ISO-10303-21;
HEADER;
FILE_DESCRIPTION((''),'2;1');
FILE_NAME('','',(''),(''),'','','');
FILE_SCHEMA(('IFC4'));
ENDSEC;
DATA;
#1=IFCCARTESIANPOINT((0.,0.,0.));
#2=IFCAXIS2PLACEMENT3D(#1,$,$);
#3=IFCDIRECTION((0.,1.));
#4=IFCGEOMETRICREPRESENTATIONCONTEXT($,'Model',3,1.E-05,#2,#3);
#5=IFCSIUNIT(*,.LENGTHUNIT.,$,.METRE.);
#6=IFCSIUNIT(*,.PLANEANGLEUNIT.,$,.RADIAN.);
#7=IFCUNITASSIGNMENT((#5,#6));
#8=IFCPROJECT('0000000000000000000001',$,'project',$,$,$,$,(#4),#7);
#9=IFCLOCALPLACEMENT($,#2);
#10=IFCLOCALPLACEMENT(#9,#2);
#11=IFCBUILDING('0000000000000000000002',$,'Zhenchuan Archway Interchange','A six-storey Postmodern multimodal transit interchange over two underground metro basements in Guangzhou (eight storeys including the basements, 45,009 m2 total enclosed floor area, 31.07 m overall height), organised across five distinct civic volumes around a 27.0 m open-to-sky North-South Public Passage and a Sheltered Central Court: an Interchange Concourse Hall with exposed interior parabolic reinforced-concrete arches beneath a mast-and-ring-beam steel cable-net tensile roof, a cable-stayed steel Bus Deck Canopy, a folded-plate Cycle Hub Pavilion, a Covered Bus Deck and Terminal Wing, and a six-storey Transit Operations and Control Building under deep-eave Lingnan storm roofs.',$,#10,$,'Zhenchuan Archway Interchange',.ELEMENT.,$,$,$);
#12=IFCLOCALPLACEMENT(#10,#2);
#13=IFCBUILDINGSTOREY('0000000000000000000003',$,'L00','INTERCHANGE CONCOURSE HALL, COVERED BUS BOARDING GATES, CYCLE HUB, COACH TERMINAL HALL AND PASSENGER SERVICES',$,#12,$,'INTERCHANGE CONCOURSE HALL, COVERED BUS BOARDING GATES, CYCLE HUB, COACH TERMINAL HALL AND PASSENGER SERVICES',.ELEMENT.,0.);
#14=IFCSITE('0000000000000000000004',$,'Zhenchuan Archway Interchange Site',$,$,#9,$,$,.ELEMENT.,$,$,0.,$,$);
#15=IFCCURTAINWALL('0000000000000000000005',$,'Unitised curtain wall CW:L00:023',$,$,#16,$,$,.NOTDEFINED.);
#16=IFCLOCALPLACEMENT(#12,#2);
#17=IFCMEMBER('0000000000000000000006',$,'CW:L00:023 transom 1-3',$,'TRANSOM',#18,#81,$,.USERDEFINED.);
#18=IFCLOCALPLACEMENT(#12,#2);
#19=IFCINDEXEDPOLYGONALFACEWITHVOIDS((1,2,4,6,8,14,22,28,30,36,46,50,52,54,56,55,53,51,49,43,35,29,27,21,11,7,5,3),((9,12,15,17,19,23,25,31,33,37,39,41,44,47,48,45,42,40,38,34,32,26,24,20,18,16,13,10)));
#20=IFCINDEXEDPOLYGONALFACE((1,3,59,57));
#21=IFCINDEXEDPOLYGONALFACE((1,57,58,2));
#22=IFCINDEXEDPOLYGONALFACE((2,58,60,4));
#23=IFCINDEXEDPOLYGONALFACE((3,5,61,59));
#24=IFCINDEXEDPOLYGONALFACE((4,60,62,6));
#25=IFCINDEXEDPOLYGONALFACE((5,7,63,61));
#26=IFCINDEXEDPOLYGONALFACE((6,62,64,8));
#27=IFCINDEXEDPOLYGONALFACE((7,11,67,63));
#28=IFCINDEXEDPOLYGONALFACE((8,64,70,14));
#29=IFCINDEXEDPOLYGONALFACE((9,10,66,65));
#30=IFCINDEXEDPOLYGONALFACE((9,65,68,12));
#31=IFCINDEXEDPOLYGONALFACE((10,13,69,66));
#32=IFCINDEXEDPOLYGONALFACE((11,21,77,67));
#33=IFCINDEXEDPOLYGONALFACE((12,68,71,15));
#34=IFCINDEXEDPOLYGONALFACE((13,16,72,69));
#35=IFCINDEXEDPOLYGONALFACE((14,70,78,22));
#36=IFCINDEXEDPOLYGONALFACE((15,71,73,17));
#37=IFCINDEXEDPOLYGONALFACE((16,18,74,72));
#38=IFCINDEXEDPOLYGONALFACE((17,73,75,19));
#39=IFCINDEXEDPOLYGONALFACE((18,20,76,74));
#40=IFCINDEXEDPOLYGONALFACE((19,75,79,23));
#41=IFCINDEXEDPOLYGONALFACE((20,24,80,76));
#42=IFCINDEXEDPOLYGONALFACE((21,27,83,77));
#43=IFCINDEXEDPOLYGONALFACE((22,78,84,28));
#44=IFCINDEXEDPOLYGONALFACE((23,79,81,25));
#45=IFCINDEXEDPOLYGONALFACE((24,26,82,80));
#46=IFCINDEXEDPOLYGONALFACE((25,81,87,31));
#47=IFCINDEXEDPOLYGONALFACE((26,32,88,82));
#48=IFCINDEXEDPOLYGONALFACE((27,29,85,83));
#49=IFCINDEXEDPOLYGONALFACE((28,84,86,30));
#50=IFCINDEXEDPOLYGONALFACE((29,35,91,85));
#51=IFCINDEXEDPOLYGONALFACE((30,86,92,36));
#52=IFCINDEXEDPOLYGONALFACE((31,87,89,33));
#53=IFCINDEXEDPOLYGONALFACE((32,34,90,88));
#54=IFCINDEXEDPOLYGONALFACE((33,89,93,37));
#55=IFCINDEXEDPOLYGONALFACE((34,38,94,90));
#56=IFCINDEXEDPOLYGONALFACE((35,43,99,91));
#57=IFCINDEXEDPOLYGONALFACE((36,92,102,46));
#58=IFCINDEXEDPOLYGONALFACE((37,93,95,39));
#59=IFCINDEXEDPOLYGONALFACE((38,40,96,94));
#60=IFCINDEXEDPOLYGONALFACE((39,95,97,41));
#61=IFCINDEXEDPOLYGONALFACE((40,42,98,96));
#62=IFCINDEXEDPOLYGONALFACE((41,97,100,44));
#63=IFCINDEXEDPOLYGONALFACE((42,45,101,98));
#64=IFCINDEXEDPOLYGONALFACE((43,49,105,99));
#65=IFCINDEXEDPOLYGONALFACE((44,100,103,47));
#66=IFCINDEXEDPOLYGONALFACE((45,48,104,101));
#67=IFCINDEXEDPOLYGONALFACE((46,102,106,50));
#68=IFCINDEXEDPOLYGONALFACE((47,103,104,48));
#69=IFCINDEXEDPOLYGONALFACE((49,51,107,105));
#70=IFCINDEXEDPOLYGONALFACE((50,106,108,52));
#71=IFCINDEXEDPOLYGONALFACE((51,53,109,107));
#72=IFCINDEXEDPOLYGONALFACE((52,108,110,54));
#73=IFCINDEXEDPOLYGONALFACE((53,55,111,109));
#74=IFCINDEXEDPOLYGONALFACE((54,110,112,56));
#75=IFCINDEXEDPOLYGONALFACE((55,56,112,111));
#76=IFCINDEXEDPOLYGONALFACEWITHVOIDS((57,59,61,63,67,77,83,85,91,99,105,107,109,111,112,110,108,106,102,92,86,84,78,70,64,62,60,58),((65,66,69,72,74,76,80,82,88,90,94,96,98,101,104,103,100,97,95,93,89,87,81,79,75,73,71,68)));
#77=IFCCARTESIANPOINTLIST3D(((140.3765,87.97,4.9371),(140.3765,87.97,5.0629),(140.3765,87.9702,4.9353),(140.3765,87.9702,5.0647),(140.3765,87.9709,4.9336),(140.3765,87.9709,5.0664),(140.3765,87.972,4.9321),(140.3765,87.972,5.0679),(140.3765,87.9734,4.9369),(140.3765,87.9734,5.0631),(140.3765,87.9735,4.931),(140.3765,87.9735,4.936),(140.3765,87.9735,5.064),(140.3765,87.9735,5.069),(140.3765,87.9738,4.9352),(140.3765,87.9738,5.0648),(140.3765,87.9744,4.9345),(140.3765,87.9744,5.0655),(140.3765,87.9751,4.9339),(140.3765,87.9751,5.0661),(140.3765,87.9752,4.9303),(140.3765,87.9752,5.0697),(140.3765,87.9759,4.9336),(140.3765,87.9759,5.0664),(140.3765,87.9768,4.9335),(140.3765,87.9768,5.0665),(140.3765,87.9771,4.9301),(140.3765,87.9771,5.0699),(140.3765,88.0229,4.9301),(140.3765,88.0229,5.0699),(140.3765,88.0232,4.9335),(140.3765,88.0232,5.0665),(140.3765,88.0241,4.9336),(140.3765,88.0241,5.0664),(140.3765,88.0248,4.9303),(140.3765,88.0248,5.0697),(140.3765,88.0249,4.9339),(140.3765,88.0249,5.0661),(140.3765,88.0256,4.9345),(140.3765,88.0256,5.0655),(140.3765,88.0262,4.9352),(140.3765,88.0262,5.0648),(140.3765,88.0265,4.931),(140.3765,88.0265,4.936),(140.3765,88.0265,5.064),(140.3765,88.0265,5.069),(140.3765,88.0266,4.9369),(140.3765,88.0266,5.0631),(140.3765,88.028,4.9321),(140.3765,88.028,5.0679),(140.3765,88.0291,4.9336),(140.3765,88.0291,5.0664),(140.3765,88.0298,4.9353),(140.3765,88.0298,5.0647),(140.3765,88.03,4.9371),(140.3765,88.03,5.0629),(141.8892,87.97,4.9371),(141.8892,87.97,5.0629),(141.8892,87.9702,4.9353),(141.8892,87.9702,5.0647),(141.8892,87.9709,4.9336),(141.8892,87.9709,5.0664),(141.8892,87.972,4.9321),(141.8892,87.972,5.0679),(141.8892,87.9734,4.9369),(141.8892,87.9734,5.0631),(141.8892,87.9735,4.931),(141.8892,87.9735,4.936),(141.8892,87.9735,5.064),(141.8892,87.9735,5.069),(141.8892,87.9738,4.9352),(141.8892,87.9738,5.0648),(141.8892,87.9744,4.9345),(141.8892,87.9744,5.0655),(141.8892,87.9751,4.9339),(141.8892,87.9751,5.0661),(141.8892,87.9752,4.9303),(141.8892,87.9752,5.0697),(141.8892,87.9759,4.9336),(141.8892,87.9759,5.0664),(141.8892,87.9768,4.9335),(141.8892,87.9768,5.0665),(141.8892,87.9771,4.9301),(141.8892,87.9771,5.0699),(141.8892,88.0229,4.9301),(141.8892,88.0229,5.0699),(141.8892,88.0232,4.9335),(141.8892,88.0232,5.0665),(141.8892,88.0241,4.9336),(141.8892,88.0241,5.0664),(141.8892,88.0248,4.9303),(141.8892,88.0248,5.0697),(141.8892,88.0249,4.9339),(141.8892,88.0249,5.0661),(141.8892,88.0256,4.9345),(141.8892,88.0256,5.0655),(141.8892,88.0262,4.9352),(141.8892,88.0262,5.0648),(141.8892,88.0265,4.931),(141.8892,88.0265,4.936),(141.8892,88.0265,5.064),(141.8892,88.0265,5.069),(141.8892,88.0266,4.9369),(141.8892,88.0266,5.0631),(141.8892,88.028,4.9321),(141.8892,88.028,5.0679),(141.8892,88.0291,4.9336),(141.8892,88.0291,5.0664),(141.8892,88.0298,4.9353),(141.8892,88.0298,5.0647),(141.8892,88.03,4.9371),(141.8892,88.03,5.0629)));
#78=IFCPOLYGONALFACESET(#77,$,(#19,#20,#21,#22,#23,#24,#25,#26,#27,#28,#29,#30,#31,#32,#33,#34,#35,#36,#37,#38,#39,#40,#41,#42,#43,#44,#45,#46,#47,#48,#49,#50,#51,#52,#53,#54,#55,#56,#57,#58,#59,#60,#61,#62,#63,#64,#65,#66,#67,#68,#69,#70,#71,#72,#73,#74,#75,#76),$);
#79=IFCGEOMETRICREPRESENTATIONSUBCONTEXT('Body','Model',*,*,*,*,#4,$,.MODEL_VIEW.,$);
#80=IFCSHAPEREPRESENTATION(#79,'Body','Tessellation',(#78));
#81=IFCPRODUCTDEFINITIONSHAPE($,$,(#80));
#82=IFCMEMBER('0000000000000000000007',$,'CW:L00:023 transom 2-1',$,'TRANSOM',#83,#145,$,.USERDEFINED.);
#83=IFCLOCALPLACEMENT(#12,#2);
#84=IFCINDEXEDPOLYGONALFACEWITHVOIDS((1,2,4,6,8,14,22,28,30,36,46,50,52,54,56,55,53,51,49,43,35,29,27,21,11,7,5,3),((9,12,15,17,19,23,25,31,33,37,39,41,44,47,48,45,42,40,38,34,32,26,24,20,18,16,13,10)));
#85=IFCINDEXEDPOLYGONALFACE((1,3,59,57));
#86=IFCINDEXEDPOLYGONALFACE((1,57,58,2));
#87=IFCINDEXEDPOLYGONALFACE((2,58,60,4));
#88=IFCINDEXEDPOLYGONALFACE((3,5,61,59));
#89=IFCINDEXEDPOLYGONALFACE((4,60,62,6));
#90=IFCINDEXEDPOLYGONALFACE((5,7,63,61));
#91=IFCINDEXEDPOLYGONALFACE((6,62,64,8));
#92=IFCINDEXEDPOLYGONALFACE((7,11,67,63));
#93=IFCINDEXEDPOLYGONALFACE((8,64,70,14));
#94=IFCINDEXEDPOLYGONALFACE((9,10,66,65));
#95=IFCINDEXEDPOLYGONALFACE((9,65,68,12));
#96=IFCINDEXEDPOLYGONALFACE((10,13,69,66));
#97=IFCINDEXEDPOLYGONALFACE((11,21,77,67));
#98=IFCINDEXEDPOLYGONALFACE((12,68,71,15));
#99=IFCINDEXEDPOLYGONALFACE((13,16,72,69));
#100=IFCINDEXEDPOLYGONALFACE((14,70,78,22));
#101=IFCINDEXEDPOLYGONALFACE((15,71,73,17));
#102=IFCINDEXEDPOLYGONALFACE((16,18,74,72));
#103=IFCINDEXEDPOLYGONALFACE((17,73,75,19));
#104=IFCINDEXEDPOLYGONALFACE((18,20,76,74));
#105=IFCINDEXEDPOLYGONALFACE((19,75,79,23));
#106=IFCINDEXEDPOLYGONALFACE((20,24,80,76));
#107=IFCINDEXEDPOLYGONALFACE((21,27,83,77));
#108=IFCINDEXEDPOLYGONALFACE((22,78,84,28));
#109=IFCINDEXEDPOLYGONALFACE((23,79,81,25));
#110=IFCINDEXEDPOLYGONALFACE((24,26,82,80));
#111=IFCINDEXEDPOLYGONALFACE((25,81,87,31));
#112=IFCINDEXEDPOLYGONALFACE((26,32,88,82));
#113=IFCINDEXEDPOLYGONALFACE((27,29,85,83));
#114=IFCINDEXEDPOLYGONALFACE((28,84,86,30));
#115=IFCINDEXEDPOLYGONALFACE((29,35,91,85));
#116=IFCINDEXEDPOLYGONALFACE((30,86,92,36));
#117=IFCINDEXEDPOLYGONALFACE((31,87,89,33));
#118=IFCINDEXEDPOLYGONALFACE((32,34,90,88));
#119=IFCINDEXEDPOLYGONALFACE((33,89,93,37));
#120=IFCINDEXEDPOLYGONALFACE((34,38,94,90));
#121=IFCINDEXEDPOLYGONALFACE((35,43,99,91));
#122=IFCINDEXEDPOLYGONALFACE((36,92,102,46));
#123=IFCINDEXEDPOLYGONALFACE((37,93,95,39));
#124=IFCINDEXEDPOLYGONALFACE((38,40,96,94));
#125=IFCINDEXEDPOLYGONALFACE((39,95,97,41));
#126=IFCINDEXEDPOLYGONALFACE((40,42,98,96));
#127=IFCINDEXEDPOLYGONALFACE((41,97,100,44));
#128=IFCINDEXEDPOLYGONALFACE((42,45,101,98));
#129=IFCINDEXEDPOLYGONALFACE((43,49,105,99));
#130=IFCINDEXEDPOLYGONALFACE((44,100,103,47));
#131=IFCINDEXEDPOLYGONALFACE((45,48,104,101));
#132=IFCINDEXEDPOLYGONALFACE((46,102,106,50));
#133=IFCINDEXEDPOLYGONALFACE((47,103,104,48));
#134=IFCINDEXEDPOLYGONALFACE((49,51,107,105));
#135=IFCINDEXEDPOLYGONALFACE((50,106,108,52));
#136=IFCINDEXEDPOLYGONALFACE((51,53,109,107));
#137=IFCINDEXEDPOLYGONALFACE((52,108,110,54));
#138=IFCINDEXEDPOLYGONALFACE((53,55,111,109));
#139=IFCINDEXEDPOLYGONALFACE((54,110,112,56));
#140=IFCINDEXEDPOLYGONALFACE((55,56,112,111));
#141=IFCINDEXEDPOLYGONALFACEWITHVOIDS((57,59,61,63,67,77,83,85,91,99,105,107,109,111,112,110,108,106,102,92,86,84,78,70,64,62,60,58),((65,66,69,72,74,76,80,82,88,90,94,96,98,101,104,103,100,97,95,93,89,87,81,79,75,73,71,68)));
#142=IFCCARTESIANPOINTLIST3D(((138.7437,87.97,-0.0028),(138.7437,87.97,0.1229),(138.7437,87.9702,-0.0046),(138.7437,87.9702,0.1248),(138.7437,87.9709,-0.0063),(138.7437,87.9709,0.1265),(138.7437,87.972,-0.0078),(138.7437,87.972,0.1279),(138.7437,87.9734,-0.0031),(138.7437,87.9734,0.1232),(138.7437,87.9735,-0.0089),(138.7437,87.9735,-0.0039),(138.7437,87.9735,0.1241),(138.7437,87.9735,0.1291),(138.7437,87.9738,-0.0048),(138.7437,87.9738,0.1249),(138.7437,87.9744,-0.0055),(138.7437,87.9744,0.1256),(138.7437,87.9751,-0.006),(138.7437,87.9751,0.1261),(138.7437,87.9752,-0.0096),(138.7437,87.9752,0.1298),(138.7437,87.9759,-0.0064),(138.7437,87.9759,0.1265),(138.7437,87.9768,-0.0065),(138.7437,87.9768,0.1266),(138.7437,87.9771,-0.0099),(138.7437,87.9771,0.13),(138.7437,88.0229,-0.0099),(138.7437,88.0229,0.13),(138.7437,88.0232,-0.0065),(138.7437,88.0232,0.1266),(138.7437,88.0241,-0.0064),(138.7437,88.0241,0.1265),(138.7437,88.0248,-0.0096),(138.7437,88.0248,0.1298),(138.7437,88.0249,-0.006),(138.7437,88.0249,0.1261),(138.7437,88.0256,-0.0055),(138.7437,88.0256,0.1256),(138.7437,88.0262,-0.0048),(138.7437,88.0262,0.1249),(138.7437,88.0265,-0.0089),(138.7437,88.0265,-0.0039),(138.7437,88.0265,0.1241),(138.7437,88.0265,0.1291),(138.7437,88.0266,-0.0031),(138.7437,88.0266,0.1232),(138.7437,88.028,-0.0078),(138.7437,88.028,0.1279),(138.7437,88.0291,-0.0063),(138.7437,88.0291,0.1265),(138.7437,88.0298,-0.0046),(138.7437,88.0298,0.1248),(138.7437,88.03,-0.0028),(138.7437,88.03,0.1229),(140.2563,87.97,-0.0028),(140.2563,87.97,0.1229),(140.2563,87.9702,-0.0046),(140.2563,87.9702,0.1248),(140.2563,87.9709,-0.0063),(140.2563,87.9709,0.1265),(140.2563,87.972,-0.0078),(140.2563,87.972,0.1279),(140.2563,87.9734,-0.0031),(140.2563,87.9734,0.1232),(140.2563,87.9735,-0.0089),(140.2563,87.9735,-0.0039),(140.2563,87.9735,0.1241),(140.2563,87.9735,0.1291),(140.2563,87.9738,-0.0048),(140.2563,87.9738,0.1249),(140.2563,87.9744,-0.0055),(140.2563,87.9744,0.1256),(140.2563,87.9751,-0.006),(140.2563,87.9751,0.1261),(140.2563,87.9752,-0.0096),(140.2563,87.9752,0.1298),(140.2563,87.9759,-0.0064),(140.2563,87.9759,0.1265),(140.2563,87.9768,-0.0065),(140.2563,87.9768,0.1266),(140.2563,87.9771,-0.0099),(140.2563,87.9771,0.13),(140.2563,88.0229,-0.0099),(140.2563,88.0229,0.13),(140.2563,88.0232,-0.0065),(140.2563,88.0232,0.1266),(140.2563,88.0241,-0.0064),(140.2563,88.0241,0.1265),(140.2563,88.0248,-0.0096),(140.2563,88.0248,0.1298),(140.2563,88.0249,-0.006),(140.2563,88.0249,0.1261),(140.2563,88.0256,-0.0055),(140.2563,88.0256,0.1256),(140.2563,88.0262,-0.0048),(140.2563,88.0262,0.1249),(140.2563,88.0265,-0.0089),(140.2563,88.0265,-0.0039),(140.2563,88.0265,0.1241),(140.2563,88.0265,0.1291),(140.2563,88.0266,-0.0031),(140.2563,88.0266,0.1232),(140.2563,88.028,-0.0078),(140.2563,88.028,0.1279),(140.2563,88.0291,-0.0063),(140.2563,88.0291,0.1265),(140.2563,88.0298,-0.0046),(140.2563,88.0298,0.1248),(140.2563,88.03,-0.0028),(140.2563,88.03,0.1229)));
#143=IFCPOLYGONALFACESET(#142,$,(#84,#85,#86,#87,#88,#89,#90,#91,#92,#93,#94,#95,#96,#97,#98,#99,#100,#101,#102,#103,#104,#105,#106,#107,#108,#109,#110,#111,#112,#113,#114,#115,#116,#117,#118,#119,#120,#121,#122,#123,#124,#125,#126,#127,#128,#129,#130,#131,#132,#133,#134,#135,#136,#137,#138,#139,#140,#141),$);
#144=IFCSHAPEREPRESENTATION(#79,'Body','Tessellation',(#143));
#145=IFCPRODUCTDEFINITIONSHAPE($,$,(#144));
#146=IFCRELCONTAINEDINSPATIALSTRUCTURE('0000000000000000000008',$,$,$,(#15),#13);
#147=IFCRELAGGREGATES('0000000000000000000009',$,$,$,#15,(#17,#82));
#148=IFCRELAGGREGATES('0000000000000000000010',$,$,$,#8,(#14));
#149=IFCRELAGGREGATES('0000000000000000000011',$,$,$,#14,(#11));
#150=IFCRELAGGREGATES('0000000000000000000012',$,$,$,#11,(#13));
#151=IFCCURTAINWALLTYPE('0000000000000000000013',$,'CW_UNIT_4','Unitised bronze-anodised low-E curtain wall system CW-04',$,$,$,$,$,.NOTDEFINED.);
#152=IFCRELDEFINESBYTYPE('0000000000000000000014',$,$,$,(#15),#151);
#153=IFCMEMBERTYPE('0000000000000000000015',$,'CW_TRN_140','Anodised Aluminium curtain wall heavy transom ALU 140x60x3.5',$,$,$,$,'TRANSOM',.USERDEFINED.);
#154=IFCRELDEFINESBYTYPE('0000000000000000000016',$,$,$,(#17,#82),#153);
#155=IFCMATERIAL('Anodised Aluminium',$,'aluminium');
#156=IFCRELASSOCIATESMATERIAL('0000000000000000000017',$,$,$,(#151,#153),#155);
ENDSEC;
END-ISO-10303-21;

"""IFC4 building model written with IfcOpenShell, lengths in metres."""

from ifc_helpers import new_model, si_unit, direction, frame, origin, origin_2d, place, context, subcontext, project, spatial, hollow_rectangle, extrude, material, material_profile, profile_set, type_object, element, aggregate, save


model = new_model("IFC4")

# Units and contexts
model_context = context("Model", 3, precision=1e-05, world=origin(), true_north=direction((0.0, 1.0)))
body_context = subcontext(model_context, "Body", "Model", "MODEL_VIEW")
ifc_project = project(units=[si_unit("LENGTHUNIT", "METRE"), si_unit("PLANEANGLEUNIT", "RADIAN")], contexts=[model_context])

# Site, building, storey
site_placement = place(None, origin())
site = spatial("IfcSite", under=ifc_project, at=site_placement, Name="Zhenchuan Archway Interchange Site", CompositionType="ELEMENT", RefElevation=0.0)
building_placement = place(site_placement, origin())
building = spatial("IfcBuilding", under=site, at=building_placement, Name="Zhenchuan Archway Interchange", Description="A six-storey Postmodern multimodal transit interchange over two underground metro basements in Guangzhou (eight storeys including the basements, 45,009 m2 total enclosed floor area, 31.07 m overall height), organised across five distinct civic volumes around a 27.0 m open-to-sky North-South Public Passage and a Sheltered Central Court: an Interchange Concourse Hall with exposed interior parabolic reinforced-concrete arches beneath a mast-and-ring-beam steel cable-net tensile roof, a cable-stayed steel Bus Deck Canopy, a folded-plate Cycle Hub Pavilion, a Covered Bus Deck and Terminal Wing, and a six-storey Transit Operations and Control Building under deep-eave Lingnan storm roofs.", LongName="Zhenchuan Archway Interchange", CompositionType="ELEMENT")
storey_placement = place(building_placement, origin())
storey = spatial("IfcBuildingStorey", under=building, at=storey_placement, Name="L00", Description="INTERCHANGE CONCOURSE HALL, COVERED BUS BOARDING GATES, CYCLE HUB, COACH TERMINAL HALL AND PASSENGER SERVICES", LongName="INTERCHANGE CONCOURSE HALL, COVERED BUS BOARDING GATES, CYCLE HUB, COACH TERMINAL HALL AND PASSENGER SERVICES", CompositionType="ELEMENT", Elevation=0.0)

# Curtain wall, members
ifc_material_1 = material(Name="Anodised Aluminium", Category="aluminium")
curtain_wall_type = type_object("IfcCurtainWallType", Name="CW_UNIT_4", Description="Unitised bronze-anodised low-E curtain wall system CW-04", PredefinedType="NOTDEFINED", material=ifc_material_1)
curtain_wall_placement = place(storey_placement, origin())
curtain_wall = element("IfcCurtainWall", 1, at=curtain_wall_placement, inside=storey, type_object=curtain_wall_type, Name="Unitised curtain wall CW:L00:023", PredefinedType="NOTDEFINED")
ifc_material_profile_1 = material_profile(ifc_material_1, hollow_rectangle(XDim=0.0601, YDim=0.1399, WallThickness=0.0034, InnerFilletRadius=0.0034, OuterFilletRadius=0.0071, at=origin_2d()), Name="ALU 140x60x3.5")
ifc_profile_set_1 = profile_set([ifc_material_profile_1], Name="Anodised Aluminium")
member_type_1 = type_object("IfcMemberType", Name="CW_TRN_140", Description="Anodised Aluminium curtain wall heavy transom ALU 140x60x3.5", ElementType="TRANSOM", PredefinedType="USERDEFINED", material=ifc_profile_set_1)
member_1_placement = place(storey_placement, frame((141.8892, 88.0, 5.0), z_axis=(-1.0, 0.0, 0.0), x_axis=(0.0, -1.0, 0.0)))
member_1 = element("IfcMember", 2, at=member_1_placement, type_object=member_type_1, Name="CW:L00:023 transom 1-3", ObjectType="TRANSOM", PredefinedType="USERDEFINED", context=body_context, shape_type="SweptSolid", body=[
    extrude(hollow_rectangle(XDim=0.0601, YDim=0.1399, WallThickness=0.0034, InnerFilletRadius=0.0034, OuterFilletRadius=0.0071, at=origin_2d()), origin(), (0.0, 0.0, 1.0), 1.5127),
])
member_2_placement = place(storey_placement, frame((140.2563, 88.0, 0.0601), z_axis=(-1.0, 0.0, 0.0), x_axis=(0.0, -1.0, 0.0)))
member_2 = element("IfcMember", 3, at=member_2_placement, type_object=member_type_1, Name="CW:L00:023 transom 2-1", ObjectType="TRANSOM", PredefinedType="USERDEFINED", context=body_context, shape_type="SweptSolid", body=[
    extrude(hollow_rectangle(XDim=0.0601, YDim=0.1399, WallThickness=0.0034, InnerFilletRadius=0.0034, OuterFilletRadius=0.0071, at=origin_2d()), origin(), (0.0, 0.0, 1.0), 1.5127),
])

aggregate(curtain_wall, [member_1, member_2])

save(model, "model.ifc")
